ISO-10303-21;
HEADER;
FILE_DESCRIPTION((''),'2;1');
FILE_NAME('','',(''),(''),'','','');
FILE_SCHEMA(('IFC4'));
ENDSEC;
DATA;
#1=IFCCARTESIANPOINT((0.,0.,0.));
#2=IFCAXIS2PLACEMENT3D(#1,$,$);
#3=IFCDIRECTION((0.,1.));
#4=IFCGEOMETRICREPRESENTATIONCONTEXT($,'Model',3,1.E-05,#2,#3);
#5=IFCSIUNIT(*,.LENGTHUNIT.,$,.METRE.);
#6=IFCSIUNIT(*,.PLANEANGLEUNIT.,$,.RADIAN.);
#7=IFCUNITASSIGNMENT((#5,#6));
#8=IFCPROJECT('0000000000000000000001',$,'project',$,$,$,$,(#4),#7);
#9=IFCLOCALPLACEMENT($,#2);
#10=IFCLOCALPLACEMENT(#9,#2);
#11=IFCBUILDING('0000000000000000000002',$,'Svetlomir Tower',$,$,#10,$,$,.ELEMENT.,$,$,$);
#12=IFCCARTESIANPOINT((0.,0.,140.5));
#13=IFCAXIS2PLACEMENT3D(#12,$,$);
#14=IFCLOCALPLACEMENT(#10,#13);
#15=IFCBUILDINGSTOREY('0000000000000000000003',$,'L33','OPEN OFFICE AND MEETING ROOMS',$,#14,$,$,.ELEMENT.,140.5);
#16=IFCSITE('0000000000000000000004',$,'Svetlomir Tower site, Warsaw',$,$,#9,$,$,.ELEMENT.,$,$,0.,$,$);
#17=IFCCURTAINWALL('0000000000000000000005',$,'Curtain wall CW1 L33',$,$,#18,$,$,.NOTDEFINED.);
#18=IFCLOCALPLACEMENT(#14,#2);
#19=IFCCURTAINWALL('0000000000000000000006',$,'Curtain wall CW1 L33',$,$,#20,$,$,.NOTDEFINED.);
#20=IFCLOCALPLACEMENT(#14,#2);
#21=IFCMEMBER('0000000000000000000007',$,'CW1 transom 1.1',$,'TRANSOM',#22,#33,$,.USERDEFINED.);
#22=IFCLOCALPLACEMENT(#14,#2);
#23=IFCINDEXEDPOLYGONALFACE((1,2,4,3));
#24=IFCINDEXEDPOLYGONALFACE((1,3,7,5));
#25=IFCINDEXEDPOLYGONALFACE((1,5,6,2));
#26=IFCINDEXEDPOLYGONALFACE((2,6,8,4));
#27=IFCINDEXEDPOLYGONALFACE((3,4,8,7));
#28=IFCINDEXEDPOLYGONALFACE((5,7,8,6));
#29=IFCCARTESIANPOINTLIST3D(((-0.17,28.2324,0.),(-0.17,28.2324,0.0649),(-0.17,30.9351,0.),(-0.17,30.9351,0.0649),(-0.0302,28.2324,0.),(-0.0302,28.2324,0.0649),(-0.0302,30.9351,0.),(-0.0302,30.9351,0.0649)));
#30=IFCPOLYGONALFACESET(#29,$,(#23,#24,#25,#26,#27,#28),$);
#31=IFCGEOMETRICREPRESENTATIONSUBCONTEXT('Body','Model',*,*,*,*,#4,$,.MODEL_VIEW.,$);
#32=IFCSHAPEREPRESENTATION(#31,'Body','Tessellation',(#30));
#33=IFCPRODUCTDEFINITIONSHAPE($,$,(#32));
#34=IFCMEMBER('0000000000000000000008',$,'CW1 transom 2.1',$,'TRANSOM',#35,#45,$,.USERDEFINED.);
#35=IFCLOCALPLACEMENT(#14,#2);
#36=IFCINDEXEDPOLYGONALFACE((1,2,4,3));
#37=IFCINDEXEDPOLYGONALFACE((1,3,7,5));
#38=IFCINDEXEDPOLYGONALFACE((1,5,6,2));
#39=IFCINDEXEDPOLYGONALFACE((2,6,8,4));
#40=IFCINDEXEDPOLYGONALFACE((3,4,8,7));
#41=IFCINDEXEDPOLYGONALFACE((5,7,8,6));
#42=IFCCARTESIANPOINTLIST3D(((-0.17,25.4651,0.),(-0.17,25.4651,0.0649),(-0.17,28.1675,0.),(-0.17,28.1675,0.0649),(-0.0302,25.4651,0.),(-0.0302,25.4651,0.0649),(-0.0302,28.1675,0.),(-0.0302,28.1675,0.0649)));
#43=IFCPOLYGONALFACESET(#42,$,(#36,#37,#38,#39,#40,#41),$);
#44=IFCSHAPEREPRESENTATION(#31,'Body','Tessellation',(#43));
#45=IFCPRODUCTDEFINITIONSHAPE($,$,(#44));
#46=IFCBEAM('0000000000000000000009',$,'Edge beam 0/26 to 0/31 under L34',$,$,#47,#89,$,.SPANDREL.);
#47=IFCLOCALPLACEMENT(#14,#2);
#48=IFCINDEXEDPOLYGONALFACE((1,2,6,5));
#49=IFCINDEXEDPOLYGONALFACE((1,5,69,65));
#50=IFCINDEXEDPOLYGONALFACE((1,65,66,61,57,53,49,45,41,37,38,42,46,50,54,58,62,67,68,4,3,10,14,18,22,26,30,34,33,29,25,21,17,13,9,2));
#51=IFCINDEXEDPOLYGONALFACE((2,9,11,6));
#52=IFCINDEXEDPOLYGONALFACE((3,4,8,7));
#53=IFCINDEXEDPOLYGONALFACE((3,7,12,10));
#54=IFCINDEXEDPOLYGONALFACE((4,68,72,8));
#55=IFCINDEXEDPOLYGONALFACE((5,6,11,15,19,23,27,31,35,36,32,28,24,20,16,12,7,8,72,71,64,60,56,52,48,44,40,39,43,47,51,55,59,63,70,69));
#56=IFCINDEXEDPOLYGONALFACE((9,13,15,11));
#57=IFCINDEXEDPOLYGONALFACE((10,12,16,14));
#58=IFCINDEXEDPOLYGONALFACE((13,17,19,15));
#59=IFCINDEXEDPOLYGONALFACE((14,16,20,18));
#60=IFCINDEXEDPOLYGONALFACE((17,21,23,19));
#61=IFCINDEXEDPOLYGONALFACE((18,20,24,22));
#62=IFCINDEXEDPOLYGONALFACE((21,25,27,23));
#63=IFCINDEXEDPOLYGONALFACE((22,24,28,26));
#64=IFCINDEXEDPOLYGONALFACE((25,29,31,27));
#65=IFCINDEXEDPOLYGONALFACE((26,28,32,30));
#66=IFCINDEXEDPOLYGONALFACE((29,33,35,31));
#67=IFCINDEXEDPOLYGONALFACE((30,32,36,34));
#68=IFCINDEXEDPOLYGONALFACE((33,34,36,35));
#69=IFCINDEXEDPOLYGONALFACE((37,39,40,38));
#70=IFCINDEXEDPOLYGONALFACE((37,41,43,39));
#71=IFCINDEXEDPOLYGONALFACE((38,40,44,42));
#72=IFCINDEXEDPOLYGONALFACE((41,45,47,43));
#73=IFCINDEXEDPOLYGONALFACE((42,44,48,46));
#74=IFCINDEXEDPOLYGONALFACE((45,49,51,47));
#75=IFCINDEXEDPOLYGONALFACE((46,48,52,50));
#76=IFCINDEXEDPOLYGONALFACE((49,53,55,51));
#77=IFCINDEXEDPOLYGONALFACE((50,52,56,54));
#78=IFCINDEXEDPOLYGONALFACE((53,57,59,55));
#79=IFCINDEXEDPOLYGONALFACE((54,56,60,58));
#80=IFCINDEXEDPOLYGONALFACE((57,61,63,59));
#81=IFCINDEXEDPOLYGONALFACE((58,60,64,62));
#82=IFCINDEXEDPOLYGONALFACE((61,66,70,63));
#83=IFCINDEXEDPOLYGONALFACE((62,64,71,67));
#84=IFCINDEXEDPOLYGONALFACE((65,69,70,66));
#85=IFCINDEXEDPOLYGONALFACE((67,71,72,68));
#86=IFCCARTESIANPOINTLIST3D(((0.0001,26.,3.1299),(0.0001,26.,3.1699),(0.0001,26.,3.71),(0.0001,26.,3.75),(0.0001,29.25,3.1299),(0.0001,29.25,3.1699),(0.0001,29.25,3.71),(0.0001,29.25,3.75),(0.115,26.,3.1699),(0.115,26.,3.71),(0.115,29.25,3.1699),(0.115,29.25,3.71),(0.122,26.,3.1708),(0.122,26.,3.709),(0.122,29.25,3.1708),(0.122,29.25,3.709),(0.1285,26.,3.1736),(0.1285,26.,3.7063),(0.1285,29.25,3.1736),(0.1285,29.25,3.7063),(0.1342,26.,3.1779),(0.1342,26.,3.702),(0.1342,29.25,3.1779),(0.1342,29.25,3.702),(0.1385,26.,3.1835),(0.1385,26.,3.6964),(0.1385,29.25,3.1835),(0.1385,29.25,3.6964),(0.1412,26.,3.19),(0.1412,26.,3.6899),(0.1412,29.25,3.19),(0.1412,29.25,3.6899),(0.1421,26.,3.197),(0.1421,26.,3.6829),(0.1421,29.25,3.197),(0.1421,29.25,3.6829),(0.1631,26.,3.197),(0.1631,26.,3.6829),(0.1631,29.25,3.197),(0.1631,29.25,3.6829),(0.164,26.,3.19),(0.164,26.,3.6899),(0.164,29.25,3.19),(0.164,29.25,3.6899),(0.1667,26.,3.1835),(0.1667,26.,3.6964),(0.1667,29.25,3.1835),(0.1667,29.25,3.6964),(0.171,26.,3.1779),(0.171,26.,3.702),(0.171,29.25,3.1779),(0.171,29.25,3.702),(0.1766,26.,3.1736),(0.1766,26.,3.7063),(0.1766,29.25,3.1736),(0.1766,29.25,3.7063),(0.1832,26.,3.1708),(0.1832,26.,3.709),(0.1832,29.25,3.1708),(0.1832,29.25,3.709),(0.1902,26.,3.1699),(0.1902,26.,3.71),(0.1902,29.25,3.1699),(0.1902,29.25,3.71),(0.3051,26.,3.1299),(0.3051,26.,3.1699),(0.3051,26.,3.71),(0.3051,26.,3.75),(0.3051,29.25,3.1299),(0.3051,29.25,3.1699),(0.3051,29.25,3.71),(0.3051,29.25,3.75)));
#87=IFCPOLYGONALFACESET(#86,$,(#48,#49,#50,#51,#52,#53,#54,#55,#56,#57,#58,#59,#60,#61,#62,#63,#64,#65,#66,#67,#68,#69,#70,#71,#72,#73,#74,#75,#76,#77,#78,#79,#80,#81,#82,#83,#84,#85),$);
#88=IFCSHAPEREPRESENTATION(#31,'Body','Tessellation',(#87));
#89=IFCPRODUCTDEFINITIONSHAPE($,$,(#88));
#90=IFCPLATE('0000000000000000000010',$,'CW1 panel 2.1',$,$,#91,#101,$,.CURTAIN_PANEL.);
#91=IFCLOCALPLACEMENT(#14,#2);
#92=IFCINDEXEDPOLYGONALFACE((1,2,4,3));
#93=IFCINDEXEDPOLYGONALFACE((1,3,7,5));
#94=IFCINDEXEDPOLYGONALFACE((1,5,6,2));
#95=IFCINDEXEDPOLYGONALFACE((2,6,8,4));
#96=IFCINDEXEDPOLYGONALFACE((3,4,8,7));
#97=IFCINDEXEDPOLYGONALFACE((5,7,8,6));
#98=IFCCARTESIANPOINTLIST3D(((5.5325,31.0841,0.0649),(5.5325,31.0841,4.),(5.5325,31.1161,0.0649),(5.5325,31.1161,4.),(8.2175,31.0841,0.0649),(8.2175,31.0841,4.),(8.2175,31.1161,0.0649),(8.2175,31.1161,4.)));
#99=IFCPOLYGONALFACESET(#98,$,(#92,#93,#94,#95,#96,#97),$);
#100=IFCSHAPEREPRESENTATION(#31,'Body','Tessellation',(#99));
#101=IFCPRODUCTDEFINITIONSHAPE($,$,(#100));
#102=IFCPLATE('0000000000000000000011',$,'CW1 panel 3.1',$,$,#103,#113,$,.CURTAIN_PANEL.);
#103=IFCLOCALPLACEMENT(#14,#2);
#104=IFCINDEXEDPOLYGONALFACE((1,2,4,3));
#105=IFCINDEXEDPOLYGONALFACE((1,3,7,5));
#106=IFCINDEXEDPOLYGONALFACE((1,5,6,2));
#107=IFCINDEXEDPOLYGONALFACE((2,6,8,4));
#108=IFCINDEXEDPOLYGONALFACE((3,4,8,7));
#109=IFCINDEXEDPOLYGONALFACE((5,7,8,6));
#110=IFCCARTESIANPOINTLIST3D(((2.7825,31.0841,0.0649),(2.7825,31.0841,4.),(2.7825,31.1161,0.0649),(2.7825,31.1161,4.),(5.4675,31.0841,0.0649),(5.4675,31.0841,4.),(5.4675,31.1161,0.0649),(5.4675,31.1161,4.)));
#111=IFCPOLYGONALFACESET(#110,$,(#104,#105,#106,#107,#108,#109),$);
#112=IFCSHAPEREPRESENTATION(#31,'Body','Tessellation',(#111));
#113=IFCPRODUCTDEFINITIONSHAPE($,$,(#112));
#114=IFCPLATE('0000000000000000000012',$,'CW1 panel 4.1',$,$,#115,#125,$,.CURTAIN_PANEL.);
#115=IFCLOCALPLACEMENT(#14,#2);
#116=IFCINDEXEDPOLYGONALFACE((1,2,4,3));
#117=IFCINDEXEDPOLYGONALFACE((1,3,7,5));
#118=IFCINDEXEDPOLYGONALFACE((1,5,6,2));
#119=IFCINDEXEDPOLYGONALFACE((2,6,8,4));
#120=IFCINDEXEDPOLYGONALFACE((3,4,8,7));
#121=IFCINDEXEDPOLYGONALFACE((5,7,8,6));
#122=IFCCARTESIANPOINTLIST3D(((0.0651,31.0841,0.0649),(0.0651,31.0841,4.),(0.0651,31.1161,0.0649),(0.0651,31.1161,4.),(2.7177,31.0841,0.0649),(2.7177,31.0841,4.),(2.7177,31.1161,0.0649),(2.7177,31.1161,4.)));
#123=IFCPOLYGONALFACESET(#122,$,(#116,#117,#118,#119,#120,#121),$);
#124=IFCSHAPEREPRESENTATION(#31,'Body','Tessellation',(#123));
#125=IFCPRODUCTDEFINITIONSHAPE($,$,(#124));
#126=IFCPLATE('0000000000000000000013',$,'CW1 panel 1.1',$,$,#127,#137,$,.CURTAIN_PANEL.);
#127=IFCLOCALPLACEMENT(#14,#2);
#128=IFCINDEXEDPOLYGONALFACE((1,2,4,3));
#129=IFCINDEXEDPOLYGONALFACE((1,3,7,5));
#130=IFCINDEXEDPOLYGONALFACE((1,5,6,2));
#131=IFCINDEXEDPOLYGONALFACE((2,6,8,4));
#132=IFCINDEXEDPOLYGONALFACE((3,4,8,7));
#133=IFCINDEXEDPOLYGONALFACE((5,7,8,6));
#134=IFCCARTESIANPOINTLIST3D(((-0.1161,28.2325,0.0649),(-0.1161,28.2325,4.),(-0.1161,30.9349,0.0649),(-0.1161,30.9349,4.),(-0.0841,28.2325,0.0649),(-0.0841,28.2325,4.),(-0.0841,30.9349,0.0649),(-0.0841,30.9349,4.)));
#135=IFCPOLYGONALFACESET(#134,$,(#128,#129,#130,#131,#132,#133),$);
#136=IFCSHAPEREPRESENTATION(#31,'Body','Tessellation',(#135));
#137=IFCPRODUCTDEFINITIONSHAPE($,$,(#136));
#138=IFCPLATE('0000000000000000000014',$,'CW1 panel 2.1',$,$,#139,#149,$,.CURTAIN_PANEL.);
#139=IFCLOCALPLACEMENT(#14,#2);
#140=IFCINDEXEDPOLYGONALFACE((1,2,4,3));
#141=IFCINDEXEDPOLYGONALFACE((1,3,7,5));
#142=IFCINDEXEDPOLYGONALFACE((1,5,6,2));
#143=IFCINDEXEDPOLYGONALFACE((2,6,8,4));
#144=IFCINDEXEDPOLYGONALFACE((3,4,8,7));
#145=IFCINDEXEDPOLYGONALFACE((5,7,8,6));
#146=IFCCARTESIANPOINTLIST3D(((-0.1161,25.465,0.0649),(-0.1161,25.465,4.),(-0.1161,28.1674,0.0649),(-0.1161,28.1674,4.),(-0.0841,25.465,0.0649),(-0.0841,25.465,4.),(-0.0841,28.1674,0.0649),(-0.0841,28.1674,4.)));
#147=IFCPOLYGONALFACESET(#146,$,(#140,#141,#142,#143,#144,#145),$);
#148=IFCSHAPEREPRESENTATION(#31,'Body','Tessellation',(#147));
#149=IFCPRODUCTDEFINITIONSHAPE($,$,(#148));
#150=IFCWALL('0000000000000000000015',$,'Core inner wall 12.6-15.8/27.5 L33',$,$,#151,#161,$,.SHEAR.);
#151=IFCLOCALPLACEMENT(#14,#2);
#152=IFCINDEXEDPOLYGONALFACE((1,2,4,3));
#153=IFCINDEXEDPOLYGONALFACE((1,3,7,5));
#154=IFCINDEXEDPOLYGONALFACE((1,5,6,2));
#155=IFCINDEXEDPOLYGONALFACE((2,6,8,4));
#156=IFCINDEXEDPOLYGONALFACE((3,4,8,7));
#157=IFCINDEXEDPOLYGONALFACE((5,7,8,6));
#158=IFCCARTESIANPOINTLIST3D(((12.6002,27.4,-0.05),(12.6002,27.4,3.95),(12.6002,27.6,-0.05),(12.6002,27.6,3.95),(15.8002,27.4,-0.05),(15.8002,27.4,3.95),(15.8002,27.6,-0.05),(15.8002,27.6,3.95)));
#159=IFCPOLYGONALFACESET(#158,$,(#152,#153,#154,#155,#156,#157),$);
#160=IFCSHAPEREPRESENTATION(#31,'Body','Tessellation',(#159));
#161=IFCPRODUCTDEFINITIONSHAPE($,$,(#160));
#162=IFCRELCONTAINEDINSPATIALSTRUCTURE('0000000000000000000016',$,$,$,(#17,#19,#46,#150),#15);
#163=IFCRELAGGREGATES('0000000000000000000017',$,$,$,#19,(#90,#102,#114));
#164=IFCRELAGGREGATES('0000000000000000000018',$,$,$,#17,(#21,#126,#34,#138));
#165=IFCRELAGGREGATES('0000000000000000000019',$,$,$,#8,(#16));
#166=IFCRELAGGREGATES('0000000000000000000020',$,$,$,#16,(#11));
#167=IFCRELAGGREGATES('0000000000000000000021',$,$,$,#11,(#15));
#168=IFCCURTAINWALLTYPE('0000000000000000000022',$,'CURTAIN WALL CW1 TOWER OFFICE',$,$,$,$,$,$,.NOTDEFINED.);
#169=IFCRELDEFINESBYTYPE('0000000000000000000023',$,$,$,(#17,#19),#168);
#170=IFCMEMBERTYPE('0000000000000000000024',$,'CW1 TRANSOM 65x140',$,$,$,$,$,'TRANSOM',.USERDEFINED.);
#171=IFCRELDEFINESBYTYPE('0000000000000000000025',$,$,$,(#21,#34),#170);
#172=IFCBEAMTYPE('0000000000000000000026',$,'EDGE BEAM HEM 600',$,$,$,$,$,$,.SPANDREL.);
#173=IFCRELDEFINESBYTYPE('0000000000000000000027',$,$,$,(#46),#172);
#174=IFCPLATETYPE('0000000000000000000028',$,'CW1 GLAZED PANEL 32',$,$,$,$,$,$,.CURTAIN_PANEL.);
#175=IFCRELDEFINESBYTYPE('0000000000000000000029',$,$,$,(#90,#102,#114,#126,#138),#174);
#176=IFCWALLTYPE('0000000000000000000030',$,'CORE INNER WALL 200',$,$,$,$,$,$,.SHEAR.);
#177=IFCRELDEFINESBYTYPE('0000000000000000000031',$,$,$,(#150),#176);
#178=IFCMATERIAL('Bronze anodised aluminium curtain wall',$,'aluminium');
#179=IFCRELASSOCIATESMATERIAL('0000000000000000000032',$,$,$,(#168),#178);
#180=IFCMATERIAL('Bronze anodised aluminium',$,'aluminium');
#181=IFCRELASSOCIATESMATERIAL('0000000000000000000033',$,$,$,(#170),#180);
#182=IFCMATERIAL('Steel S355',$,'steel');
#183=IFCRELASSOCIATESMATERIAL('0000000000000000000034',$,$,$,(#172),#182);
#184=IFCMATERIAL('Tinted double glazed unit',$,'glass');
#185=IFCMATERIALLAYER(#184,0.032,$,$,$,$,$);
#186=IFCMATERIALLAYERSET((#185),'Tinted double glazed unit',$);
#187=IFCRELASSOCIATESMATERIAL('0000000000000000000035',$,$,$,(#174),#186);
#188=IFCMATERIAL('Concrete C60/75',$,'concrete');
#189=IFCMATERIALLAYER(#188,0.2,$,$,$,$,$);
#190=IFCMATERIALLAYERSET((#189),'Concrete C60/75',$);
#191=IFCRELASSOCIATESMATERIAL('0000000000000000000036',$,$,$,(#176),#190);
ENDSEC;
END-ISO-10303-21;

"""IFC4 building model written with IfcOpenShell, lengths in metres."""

from ifc_helpers import new_model, si_unit, direction, frame, frame_2d, origin, origin_2d, place, context, subcontext, project, spatial, rectangle, i_section, extrude, material, layer, layer_set, material_profile, profile_set, type_object, element, aggregate, save


model = new_model("IFC4")

# Units and contexts
model_context = context("Model", 3, precision=1e-05, world=origin(), true_north=direction((0.0, 1.0)))
body_context = subcontext(model_context, "Body", "Model", "MODEL_VIEW")
ifc_project = project(units=[si_unit("LENGTHUNIT", "METRE"), si_unit("PLANEANGLEUNIT", "RADIAN")], contexts=[model_context])

# Site, building, storey
site_placement = place(None, origin())
site = spatial("IfcSite", under=ifc_project, at=site_placement, Name="Svetlomir Tower site, Warsaw", CompositionType="ELEMENT", RefElevation=0.0)
building_placement = place(site_placement, origin())
building = spatial("IfcBuilding", under=site, at=building_placement, Name="Svetlomir Tower", CompositionType="ELEMENT")
storey_placement = place(building_placement, frame((0.0, 0.0, 140.5)))
storey = spatial("IfcBuildingStorey", under=building, at=storey_placement, Name="L33", Description="OPEN OFFICE AND MEETING ROOMS", CompositionType="ELEMENT", Elevation=140.5)

# Curtain wall
ifc_material_1 = material(Name="Bronze anodised aluminium curtain wall", Category="aluminium")
curtain_wall_type = type_object("IfcCurtainWallType", Name="CURTAIN WALL CW1 TOWER OFFICE", PredefinedType="NOTDEFINED", material=ifc_material_1)
curtain_wall_1_placement = place(storey_placement, origin())
curtain_wall_1 = element("IfcCurtainWall", 1, at=curtain_wall_1_placement, inside=storey, type_object=curtain_wall_type, Name="Curtain wall CW1 L33", PredefinedType="NOTDEFINED")

# Curtain wall
curtain_wall_2_placement = place(storey_placement, origin())
curtain_wall_2 = element("IfcCurtainWall", 2, at=curtain_wall_2_placement, inside=storey, type_object=curtain_wall_type, Name="Curtain wall CW1 L33", PredefinedType="NOTDEFINED")

# Members
ifc_material_2 = material(Name="Bronze anodised aluminium", Category="aluminium")
ifc_material_profile_1 = material_profile(ifc_material_2, rectangle(XDim=0.1399, YDim=0.0649, at=origin_2d()), Name="AL 140x65")
ifc_profile_set_1 = profile_set([ifc_material_profile_1], Name="Bronze anodised aluminium 6063-T6")
member_type_1 = type_object("IfcMemberType", Name="CW1 TRANSOM 65x140", ElementType="TRANSOM", PredefinedType="USERDEFINED", material=ifc_profile_set_1)
member_1_placement = place(storey_placement, frame((-0.1001, 30.9351, 0.0325), z_axis=(0.0, -1.0, 0.0), x_axis=(1.0, 0.0, 0.0)))
member_1 = element("IfcMember", 3, at=member_1_placement, type_object=member_type_1, Name="CW1 transom 1.1", ObjectType="TRANSOM", PredefinedType="USERDEFINED", context=body_context, shape_type="SweptSolid", body=[
    extrude(rectangle(XDim=0.1399, YDim=0.0649, at=origin_2d()), origin(), (0.0, 0.0, 1.0), 2.7026),
])
member_2_placement = place(storey_placement, frame((-0.1001, 28.1675, 0.0325), z_axis=(0.0, -1.0, 0.0), x_axis=(1.0, 0.0, 0.0)))
member_2 = element("IfcMember", 4, at=member_2_placement, type_object=member_type_1, Name="CW1 transom 2.1", ObjectType="TRANSOM", PredefinedType="USERDEFINED", context=body_context, shape_type="SweptSolid", body=[
    extrude(rectangle(XDim=0.1399, YDim=0.0649, at=origin_2d()), origin(), (0.0, 0.0, 1.0), 2.7024),
])

# Beam
ifc_material_3 = material(Name="Steel S355", Category="steel")
ifc_material_profile_2 = material_profile(ifc_material_3, i_section(OverallWidth=0.3049, OverallDepth=0.6201, WebThickness=0.021, FlangeThickness=0.04, FilletRadius=0.0271, at=origin_2d()), Name="HEM 600")
ifc_profile_set_2 = profile_set([ifc_material_profile_2], Name="Steel S355")
beam_type = type_object("IfcBeamType", Name="EDGE BEAM HEM 600", PredefinedType="SPANDREL", material=ifc_profile_set_2)
beam_placement = place(storey_placement, frame((0.1526, 26.0, 3.4399), z_axis=(0.0, 1.0, 0.0), x_axis=(-1.0, 0.0, 0.0)))
element("IfcBeam", 5, at=beam_placement, inside=storey, type_object=beam_type, Name="Edge beam 0/26 to 0/31 under L34", PredefinedType="SPANDREL", context=body_context, shape_type="SweptSolid", body=[
    extrude(i_section(OverallWidth=0.3049, OverallDepth=0.6201, WebThickness=0.021, FlangeThickness=0.04, FilletRadius=0.0271, at=origin_2d()), origin(), (0.0, 0.0, 1.0), 3.25),
])

# Plates
ifc_material_4 = material(Name="Tinted double glazed unit", Category="glass")
ifc_layer_1 = layer(ifc_material_4, 0.032)
ifc_layer_set_1 = layer_set([ifc_layer_1], Name="Tinted double glazed unit")
plate_type = type_object("IfcPlateType", Name="CW1 GLAZED PANEL 32", PredefinedType="CURTAIN_PANEL", material=ifc_layer_set_1)
plate_1_placement = place(storey_placement, frame((6.875, 31.1001, 0.0649), z_axis=(0.0, 0.0, 1.0), x_axis=(-1.0, 0.0, 0.0)))
plate_1 = element("IfcPlate", 6, at=plate_1_placement, type_object=plate_type, Name="CW1 panel 2.1", PredefinedType="CURTAIN_PANEL", context=body_context, shape_type="SweptSolid", body=[
    extrude(rectangle(XDim=2.6851, YDim=0.032, at=origin_2d()), origin(), (0.0, 0.0, 1.0), 3.9351),
])
plate_2_placement = place(storey_placement, frame((4.125, 31.1001, 0.0649), z_axis=(0.0, 0.0, 1.0), x_axis=(-1.0, 0.0, 0.0)))
plate_2 = element("IfcPlate", 7, at=plate_2_placement, type_object=plate_type, Name="CW1 panel 3.1", PredefinedType="CURTAIN_PANEL", context=body_context, shape_type="SweptSolid", body=[
    extrude(rectangle(XDim=2.6851, YDim=0.032, at=origin_2d()), origin(), (0.0, 0.0, 1.0), 3.9351),
])
plate_3_placement = place(storey_placement, frame((1.3914, 31.1001, 0.0649), z_axis=(0.0, 0.0, 1.0), x_axis=(-1.0, 0.0, 0.0)))
plate_3 = element("IfcPlate", 8, at=plate_3_placement, type_object=plate_type, Name="CW1 panel 4.1", PredefinedType="CURTAIN_PANEL", context=body_context, shape_type="SweptSolid", body=[
    extrude(rectangle(XDim=2.6526, YDim=0.032, at=origin_2d()), origin(), (0.0, 0.0, 1.0), 3.9351),
])
aggregate(curtain_wall_2, [plate_1, plate_2, plate_3])
plate_4_placement = place(storey_placement, frame((-0.1001, 29.5837, 0.0649), z_axis=(0.0, 0.0, 1.0), x_axis=(0.0, -1.0, 0.0)))
plate_4 = element("IfcPlate", 9, at=plate_4_placement, type_object=plate_type, Name="CW1 panel 1.1", PredefinedType="CURTAIN_PANEL", context=body_context, shape_type="SweptSolid", body=[
    extrude(rectangle(XDim=2.7024, YDim=0.032, at=origin_2d()), origin(), (0.0, 0.0, 1.0), 3.9351),
])
plate_5_placement = place(storey_placement, frame((-0.1001, 26.8162, 0.0649), z_axis=(0.0, 0.0, 1.0), x_axis=(0.0, -1.0, 0.0)))
plate_5 = element("IfcPlate", 10, at=plate_5_placement, type_object=plate_type, Name="CW1 panel 2.1", PredefinedType="CURTAIN_PANEL", context=body_context, shape_type="SweptSolid", body=[
    extrude(rectangle(XDim=2.7024, YDim=0.032, at=origin_2d()), origin(), (0.0, 0.0, 1.0), 3.9351),
])
aggregate(curtain_wall_1, [member_1, plate_4, member_2, plate_5])

# Wall
ifc_material_5 = material(Name="Concrete C60/75", Category="concrete")
ifc_layer_2 = layer(ifc_material_5, 0.2)
ifc_layer_set_2 = layer_set([ifc_layer_2], Name="Concrete C60/75")
wall_type_1 = type_object("IfcWallType", Name="CORE INNER WALL 200", PredefinedType="SHEAR", material=ifc_layer_set_2)
wall_1_placement = place(storey_placement, frame((12.6001, 27.5, -0.05), z_axis=(0.0, 0.0, 1.0), x_axis=(1.0, 0.0, 0.0)))
element("IfcWall", 11, at=wall_1_placement, inside=storey, type_object=wall_type_1, Name="Core inner wall 12.6-15.8/27.5 L33", PredefinedType="SHEAR", context=body_context, shape_type="SweptSolid", body=[
    extrude(rectangle(XDim=3.2, YDim=0.2, at=frame_2d((1.6001, 0.0))), origin(), (0.0, 0.0, 1.0), 4.0),
])

save(model, "model.ifc")
